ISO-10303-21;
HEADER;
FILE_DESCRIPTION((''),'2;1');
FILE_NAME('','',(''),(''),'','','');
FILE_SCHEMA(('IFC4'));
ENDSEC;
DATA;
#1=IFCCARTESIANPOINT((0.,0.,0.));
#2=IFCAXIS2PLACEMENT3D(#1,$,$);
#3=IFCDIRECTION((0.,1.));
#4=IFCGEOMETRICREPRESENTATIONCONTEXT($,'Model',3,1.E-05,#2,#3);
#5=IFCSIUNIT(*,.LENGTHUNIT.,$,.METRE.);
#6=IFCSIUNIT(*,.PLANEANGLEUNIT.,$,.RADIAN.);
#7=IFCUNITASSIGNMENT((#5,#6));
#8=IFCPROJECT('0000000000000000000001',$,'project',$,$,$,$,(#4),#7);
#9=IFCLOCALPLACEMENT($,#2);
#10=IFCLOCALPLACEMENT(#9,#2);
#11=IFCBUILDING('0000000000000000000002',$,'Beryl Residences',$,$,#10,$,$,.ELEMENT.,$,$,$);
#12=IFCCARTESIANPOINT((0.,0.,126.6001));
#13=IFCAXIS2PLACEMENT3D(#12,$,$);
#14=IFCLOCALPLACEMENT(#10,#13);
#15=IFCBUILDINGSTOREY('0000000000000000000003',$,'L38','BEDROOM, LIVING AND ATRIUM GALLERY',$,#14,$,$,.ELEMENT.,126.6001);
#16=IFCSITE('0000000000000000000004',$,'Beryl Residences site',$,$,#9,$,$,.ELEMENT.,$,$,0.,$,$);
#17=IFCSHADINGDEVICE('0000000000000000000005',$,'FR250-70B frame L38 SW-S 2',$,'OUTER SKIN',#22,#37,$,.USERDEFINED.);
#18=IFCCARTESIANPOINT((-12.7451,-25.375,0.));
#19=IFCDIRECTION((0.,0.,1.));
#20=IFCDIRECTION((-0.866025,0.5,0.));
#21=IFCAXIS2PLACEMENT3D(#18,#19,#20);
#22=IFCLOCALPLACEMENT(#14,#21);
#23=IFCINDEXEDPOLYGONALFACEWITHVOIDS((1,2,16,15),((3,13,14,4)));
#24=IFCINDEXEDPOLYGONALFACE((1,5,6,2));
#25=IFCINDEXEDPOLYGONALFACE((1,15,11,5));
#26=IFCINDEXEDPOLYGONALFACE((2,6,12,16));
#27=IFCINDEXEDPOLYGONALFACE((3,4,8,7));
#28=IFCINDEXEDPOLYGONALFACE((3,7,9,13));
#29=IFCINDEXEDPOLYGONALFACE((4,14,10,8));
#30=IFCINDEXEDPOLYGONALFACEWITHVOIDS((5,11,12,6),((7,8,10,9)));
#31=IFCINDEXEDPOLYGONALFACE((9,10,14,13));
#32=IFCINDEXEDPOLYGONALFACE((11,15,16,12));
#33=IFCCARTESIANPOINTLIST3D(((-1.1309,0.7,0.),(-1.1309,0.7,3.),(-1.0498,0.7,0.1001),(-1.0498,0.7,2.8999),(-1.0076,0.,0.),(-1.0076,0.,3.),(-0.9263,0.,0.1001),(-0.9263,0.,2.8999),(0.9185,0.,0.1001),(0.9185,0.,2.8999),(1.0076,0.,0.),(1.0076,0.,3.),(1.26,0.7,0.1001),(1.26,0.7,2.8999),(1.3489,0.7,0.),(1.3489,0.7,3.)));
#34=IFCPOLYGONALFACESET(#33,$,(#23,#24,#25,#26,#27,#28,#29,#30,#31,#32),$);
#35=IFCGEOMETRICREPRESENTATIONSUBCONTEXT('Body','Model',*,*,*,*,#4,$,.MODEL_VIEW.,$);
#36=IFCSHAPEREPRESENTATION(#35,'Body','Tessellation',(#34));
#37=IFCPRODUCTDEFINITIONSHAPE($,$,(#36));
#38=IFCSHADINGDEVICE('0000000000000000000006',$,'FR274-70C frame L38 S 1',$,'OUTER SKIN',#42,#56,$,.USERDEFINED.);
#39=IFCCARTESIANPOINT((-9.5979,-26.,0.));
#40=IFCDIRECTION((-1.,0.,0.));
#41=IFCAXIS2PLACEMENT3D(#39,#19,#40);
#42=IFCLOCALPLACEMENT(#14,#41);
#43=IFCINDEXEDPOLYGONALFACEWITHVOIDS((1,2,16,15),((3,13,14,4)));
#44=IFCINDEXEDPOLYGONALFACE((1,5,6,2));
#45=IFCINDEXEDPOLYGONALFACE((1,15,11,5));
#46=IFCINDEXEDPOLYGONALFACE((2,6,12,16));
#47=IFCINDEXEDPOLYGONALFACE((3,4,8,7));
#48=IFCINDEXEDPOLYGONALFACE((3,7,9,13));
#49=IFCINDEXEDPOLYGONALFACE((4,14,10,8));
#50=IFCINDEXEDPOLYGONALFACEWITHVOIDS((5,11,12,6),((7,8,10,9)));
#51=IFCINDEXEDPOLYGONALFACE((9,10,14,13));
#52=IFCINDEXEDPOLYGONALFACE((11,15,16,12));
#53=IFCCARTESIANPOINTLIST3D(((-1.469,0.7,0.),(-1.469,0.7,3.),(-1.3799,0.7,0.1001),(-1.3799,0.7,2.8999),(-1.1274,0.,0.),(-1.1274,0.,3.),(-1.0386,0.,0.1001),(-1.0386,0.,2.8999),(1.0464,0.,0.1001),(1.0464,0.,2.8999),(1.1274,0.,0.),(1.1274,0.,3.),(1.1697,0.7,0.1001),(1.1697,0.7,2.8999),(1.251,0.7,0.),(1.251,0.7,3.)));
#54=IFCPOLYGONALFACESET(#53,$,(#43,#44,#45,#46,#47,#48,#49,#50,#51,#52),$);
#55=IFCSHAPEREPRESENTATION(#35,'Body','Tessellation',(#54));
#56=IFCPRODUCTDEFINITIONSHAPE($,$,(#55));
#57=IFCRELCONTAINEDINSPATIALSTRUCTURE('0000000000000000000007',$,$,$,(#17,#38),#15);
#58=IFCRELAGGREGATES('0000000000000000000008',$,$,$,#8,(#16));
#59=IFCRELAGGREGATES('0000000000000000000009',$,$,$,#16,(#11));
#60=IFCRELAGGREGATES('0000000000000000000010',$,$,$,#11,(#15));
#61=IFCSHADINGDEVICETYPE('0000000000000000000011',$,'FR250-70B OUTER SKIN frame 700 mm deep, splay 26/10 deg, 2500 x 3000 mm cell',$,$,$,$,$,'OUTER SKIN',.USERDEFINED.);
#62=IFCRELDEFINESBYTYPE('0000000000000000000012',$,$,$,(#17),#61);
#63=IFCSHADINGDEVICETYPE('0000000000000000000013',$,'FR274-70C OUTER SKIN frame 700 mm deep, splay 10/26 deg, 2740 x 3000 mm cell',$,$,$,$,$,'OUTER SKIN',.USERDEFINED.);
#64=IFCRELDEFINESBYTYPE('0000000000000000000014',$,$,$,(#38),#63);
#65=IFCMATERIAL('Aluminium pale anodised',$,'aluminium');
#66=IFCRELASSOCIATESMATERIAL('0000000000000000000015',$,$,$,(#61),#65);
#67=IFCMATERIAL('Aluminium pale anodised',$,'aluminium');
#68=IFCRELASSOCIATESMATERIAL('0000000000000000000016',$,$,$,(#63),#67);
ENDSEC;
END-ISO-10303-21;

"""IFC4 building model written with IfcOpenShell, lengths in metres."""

from ifc_helpers import new_model, entity, si_unit, direction, frame, origin, place, context, subcontext, project, spatial, source, transform, mapped, material, type_object, type_shapes, element, save


model = new_model("IFC4")

# Units and contexts
model_context = context("Model", 3, precision=1e-05, world=origin(), true_north=direction((0.0, 1.0)))
body_context = subcontext(model_context, "Body", "Model", "MODEL_VIEW")
ifc_project = project(units=[si_unit("LENGTHUNIT", "METRE"), si_unit("PLANEANGLEUNIT", "RADIAN")], contexts=[model_context])

# Site, building, storey
site_placement = place(None, origin())
site = spatial("IfcSite", under=ifc_project, at=site_placement, Name="Beryl Residences site", CompositionType="ELEMENT", RefElevation=0.0)
building_placement = place(site_placement, origin())
building = spatial("IfcBuilding", under=site, at=building_placement, Name="Beryl Residences", CompositionType="ELEMENT")
storey_placement = place(building_placement, frame((0.0, 0.0, 126.6001)))
storey = spatial("IfcBuildingStorey", under=building, at=storey_placement, Name="L38", Description="BEDROOM, LIVING AND ATRIUM GALLERY", CompositionType="ELEMENT", Elevation=126.6001)

# Shading devices
ifc_material_1 = material(Name="Aluminium pale anodised", Category="aluminium")
shading_device_type_1 = type_object("IfcShadingDeviceType", Name="FR250-70B OUTER SKIN frame 700 mm deep, splay 26/10 deg, 2500 x 3000 mm cell", ElementType="OUTER SKIN", PredefinedType="USERDEFINED", material=ifc_material_1)
cartesian_point_1 = entity("IfcCartesianPoint", [-1.0076, 0.0])
cartesian_point_2 = entity("IfcCartesianPoint", [-0.9185, 0.1001])
cartesian_point_3 = entity("IfcCartesianPoint", [-1.3489, 0.0])
cartesian_point_4 = entity("IfcCartesianPoint", [-1.26, 0.1001])
shared_shape_1 = source(origin(), body_context, "Body", "SweptSolid", [
    entity("IfcExtrudedAreaSolidTapered", entity("IfcArbitraryProfileDefWithVoids", "AREA", None, entity("IfcPolyline", [cartesian_point_1, entity("IfcCartesianPoint", [1.0076, 0.0]), entity("IfcCartesianPoint", [1.0076, 3.0]), entity("IfcCartesianPoint", [-1.0076, 3.0]), cartesian_point_1]), [entity("IfcPolyline", [cartesian_point_2, entity("IfcCartesianPoint", [0.9263, 0.1001]), entity("IfcCartesianPoint", [0.9263, 2.8999]), entity("IfcCartesianPoint", [-0.9185, 2.8999]), cartesian_point_2])]), entity("IfcAxis2Placement3D", entity("IfcCartesianPoint", [0.0, 0.0, 0.0]), entity("IfcDirection", [0.0, 1.0, 0.0]), entity("IfcDirection", [-1.0, 0.0, 0.0])), entity("IfcDirection", [0.0, 0.0, 1.0]), 0.7, entity("IfcArbitraryProfileDefWithVoids", "AREA", None, entity("IfcPolyline", [cartesian_point_3, entity("IfcCartesianPoint", [1.1309, 0.0]), entity("IfcCartesianPoint", [1.1309, 3.0]), entity("IfcCartesianPoint", [-1.3489, 3.0]), cartesian_point_3]), [entity("IfcPolyline", [cartesian_point_4, entity("IfcCartesianPoint", [1.0498, 0.1001]), entity("IfcCartesianPoint", [1.0498, 2.8999]), entity("IfcCartesianPoint", [-1.26, 2.8999]), cartesian_point_4])])),
])
type_shapes(shading_device_type_1, [shared_shape_1])
shading_device_1_placement = place(storey_placement, frame((-12.7451, -25.375, 0.0), z_axis=(0.0, 0.0, 1.0), x_axis=(-0.866025, 0.5, 0.0)))
element("IfcShadingDevice", 1, at=shading_device_1_placement, inside=storey, type_object=shading_device_type_1, Name="FR250-70B frame L38 SW-S 2", ObjectType="OUTER SKIN", PredefinedType="USERDEFINED", context=body_context, shape_type="MappedRepresentation", body=[
    mapped(shared_shape_1, transform((0.0, 0.0, 0.0))),
])
ifc_material_2 = material(Name="Aluminium pale anodised", Category="aluminium")
shading_device_type_2 = type_object("IfcShadingDeviceType", Name="FR274-70C OUTER SKIN frame 700 mm deep, splay 10/26 deg, 2740 x 3000 mm cell", ElementType="OUTER SKIN", PredefinedType="USERDEFINED", material=ifc_material_2)
cartesian_point_5 = entity("IfcCartesianPoint", [-1.1274, 0.0])
cartesian_point_6 = entity("IfcCartesianPoint", [-1.0464, 0.1001])
cartesian_point_7 = entity("IfcCartesianPoint", [-1.251, 0.0])
cartesian_point_8 = entity("IfcCartesianPoint", [-1.1697, 0.1001])
shared_shape_2 = source(origin(), body_context, "Body", "SweptSolid", [
    entity("IfcExtrudedAreaSolidTapered", entity("IfcArbitraryProfileDefWithVoids", "AREA", None, entity("IfcPolyline", [cartesian_point_5, entity("IfcCartesianPoint", [1.1274, 0.0]), entity("IfcCartesianPoint", [1.1274, 3.0]), entity("IfcCartesianPoint", [-1.1274, 3.0]), cartesian_point_5]), [entity("IfcPolyline", [cartesian_point_6, entity("IfcCartesianPoint", [1.0386, 0.1001]), entity("IfcCartesianPoint", [1.0386, 2.8999]), entity("IfcCartesianPoint", [-1.0464, 2.8999]), cartesian_point_6])]), entity("IfcAxis2Placement3D", entity("IfcCartesianPoint", [0.0, 0.0, 0.0]), entity("IfcDirection", [0.0, 1.0, 0.0]), entity("IfcDirection", [-1.0, 0.0, 0.0])), entity("IfcDirection", [0.0, 0.0, 1.0]), 0.7, entity("IfcArbitraryProfileDefWithVoids", "AREA", None, entity("IfcPolyline", [cartesian_point_7, entity("IfcCartesianPoint", [1.469, 0.0]), entity("IfcCartesianPoint", [1.469, 3.0]), entity("IfcCartesianPoint", [-1.251, 3.0]), cartesian_point_7]), [entity("IfcPolyline", [cartesian_point_8, entity("IfcCartesianPoint", [1.3799, 0.1001]), entity("IfcCartesianPoint", [1.3799, 2.8999]), entity("IfcCartesianPoint", [-1.1697, 2.8999]), cartesian_point_8])])),
])
type_shapes(shading_device_type_2, [shared_shape_2])
shading_device_2_placement = place(storey_placement, frame((-9.5979, -26.0, 0.0), z_axis=(0.0, 0.0, 1.0), x_axis=(-1.0, 0.0, 0.0)))
element("IfcShadingDevice", 2, at=shading_device_2_placement, inside=storey, type_object=shading_device_type_2, Name="FR274-70C frame L38 S 1", ObjectType="OUTER SKIN", PredefinedType="USERDEFINED", context=body_context, shape_type="MappedRepresentation", body=[
    mapped(shared_shape_2, transform((0.0, 0.0, 0.0))),
])

save(model, "model.ifc")
